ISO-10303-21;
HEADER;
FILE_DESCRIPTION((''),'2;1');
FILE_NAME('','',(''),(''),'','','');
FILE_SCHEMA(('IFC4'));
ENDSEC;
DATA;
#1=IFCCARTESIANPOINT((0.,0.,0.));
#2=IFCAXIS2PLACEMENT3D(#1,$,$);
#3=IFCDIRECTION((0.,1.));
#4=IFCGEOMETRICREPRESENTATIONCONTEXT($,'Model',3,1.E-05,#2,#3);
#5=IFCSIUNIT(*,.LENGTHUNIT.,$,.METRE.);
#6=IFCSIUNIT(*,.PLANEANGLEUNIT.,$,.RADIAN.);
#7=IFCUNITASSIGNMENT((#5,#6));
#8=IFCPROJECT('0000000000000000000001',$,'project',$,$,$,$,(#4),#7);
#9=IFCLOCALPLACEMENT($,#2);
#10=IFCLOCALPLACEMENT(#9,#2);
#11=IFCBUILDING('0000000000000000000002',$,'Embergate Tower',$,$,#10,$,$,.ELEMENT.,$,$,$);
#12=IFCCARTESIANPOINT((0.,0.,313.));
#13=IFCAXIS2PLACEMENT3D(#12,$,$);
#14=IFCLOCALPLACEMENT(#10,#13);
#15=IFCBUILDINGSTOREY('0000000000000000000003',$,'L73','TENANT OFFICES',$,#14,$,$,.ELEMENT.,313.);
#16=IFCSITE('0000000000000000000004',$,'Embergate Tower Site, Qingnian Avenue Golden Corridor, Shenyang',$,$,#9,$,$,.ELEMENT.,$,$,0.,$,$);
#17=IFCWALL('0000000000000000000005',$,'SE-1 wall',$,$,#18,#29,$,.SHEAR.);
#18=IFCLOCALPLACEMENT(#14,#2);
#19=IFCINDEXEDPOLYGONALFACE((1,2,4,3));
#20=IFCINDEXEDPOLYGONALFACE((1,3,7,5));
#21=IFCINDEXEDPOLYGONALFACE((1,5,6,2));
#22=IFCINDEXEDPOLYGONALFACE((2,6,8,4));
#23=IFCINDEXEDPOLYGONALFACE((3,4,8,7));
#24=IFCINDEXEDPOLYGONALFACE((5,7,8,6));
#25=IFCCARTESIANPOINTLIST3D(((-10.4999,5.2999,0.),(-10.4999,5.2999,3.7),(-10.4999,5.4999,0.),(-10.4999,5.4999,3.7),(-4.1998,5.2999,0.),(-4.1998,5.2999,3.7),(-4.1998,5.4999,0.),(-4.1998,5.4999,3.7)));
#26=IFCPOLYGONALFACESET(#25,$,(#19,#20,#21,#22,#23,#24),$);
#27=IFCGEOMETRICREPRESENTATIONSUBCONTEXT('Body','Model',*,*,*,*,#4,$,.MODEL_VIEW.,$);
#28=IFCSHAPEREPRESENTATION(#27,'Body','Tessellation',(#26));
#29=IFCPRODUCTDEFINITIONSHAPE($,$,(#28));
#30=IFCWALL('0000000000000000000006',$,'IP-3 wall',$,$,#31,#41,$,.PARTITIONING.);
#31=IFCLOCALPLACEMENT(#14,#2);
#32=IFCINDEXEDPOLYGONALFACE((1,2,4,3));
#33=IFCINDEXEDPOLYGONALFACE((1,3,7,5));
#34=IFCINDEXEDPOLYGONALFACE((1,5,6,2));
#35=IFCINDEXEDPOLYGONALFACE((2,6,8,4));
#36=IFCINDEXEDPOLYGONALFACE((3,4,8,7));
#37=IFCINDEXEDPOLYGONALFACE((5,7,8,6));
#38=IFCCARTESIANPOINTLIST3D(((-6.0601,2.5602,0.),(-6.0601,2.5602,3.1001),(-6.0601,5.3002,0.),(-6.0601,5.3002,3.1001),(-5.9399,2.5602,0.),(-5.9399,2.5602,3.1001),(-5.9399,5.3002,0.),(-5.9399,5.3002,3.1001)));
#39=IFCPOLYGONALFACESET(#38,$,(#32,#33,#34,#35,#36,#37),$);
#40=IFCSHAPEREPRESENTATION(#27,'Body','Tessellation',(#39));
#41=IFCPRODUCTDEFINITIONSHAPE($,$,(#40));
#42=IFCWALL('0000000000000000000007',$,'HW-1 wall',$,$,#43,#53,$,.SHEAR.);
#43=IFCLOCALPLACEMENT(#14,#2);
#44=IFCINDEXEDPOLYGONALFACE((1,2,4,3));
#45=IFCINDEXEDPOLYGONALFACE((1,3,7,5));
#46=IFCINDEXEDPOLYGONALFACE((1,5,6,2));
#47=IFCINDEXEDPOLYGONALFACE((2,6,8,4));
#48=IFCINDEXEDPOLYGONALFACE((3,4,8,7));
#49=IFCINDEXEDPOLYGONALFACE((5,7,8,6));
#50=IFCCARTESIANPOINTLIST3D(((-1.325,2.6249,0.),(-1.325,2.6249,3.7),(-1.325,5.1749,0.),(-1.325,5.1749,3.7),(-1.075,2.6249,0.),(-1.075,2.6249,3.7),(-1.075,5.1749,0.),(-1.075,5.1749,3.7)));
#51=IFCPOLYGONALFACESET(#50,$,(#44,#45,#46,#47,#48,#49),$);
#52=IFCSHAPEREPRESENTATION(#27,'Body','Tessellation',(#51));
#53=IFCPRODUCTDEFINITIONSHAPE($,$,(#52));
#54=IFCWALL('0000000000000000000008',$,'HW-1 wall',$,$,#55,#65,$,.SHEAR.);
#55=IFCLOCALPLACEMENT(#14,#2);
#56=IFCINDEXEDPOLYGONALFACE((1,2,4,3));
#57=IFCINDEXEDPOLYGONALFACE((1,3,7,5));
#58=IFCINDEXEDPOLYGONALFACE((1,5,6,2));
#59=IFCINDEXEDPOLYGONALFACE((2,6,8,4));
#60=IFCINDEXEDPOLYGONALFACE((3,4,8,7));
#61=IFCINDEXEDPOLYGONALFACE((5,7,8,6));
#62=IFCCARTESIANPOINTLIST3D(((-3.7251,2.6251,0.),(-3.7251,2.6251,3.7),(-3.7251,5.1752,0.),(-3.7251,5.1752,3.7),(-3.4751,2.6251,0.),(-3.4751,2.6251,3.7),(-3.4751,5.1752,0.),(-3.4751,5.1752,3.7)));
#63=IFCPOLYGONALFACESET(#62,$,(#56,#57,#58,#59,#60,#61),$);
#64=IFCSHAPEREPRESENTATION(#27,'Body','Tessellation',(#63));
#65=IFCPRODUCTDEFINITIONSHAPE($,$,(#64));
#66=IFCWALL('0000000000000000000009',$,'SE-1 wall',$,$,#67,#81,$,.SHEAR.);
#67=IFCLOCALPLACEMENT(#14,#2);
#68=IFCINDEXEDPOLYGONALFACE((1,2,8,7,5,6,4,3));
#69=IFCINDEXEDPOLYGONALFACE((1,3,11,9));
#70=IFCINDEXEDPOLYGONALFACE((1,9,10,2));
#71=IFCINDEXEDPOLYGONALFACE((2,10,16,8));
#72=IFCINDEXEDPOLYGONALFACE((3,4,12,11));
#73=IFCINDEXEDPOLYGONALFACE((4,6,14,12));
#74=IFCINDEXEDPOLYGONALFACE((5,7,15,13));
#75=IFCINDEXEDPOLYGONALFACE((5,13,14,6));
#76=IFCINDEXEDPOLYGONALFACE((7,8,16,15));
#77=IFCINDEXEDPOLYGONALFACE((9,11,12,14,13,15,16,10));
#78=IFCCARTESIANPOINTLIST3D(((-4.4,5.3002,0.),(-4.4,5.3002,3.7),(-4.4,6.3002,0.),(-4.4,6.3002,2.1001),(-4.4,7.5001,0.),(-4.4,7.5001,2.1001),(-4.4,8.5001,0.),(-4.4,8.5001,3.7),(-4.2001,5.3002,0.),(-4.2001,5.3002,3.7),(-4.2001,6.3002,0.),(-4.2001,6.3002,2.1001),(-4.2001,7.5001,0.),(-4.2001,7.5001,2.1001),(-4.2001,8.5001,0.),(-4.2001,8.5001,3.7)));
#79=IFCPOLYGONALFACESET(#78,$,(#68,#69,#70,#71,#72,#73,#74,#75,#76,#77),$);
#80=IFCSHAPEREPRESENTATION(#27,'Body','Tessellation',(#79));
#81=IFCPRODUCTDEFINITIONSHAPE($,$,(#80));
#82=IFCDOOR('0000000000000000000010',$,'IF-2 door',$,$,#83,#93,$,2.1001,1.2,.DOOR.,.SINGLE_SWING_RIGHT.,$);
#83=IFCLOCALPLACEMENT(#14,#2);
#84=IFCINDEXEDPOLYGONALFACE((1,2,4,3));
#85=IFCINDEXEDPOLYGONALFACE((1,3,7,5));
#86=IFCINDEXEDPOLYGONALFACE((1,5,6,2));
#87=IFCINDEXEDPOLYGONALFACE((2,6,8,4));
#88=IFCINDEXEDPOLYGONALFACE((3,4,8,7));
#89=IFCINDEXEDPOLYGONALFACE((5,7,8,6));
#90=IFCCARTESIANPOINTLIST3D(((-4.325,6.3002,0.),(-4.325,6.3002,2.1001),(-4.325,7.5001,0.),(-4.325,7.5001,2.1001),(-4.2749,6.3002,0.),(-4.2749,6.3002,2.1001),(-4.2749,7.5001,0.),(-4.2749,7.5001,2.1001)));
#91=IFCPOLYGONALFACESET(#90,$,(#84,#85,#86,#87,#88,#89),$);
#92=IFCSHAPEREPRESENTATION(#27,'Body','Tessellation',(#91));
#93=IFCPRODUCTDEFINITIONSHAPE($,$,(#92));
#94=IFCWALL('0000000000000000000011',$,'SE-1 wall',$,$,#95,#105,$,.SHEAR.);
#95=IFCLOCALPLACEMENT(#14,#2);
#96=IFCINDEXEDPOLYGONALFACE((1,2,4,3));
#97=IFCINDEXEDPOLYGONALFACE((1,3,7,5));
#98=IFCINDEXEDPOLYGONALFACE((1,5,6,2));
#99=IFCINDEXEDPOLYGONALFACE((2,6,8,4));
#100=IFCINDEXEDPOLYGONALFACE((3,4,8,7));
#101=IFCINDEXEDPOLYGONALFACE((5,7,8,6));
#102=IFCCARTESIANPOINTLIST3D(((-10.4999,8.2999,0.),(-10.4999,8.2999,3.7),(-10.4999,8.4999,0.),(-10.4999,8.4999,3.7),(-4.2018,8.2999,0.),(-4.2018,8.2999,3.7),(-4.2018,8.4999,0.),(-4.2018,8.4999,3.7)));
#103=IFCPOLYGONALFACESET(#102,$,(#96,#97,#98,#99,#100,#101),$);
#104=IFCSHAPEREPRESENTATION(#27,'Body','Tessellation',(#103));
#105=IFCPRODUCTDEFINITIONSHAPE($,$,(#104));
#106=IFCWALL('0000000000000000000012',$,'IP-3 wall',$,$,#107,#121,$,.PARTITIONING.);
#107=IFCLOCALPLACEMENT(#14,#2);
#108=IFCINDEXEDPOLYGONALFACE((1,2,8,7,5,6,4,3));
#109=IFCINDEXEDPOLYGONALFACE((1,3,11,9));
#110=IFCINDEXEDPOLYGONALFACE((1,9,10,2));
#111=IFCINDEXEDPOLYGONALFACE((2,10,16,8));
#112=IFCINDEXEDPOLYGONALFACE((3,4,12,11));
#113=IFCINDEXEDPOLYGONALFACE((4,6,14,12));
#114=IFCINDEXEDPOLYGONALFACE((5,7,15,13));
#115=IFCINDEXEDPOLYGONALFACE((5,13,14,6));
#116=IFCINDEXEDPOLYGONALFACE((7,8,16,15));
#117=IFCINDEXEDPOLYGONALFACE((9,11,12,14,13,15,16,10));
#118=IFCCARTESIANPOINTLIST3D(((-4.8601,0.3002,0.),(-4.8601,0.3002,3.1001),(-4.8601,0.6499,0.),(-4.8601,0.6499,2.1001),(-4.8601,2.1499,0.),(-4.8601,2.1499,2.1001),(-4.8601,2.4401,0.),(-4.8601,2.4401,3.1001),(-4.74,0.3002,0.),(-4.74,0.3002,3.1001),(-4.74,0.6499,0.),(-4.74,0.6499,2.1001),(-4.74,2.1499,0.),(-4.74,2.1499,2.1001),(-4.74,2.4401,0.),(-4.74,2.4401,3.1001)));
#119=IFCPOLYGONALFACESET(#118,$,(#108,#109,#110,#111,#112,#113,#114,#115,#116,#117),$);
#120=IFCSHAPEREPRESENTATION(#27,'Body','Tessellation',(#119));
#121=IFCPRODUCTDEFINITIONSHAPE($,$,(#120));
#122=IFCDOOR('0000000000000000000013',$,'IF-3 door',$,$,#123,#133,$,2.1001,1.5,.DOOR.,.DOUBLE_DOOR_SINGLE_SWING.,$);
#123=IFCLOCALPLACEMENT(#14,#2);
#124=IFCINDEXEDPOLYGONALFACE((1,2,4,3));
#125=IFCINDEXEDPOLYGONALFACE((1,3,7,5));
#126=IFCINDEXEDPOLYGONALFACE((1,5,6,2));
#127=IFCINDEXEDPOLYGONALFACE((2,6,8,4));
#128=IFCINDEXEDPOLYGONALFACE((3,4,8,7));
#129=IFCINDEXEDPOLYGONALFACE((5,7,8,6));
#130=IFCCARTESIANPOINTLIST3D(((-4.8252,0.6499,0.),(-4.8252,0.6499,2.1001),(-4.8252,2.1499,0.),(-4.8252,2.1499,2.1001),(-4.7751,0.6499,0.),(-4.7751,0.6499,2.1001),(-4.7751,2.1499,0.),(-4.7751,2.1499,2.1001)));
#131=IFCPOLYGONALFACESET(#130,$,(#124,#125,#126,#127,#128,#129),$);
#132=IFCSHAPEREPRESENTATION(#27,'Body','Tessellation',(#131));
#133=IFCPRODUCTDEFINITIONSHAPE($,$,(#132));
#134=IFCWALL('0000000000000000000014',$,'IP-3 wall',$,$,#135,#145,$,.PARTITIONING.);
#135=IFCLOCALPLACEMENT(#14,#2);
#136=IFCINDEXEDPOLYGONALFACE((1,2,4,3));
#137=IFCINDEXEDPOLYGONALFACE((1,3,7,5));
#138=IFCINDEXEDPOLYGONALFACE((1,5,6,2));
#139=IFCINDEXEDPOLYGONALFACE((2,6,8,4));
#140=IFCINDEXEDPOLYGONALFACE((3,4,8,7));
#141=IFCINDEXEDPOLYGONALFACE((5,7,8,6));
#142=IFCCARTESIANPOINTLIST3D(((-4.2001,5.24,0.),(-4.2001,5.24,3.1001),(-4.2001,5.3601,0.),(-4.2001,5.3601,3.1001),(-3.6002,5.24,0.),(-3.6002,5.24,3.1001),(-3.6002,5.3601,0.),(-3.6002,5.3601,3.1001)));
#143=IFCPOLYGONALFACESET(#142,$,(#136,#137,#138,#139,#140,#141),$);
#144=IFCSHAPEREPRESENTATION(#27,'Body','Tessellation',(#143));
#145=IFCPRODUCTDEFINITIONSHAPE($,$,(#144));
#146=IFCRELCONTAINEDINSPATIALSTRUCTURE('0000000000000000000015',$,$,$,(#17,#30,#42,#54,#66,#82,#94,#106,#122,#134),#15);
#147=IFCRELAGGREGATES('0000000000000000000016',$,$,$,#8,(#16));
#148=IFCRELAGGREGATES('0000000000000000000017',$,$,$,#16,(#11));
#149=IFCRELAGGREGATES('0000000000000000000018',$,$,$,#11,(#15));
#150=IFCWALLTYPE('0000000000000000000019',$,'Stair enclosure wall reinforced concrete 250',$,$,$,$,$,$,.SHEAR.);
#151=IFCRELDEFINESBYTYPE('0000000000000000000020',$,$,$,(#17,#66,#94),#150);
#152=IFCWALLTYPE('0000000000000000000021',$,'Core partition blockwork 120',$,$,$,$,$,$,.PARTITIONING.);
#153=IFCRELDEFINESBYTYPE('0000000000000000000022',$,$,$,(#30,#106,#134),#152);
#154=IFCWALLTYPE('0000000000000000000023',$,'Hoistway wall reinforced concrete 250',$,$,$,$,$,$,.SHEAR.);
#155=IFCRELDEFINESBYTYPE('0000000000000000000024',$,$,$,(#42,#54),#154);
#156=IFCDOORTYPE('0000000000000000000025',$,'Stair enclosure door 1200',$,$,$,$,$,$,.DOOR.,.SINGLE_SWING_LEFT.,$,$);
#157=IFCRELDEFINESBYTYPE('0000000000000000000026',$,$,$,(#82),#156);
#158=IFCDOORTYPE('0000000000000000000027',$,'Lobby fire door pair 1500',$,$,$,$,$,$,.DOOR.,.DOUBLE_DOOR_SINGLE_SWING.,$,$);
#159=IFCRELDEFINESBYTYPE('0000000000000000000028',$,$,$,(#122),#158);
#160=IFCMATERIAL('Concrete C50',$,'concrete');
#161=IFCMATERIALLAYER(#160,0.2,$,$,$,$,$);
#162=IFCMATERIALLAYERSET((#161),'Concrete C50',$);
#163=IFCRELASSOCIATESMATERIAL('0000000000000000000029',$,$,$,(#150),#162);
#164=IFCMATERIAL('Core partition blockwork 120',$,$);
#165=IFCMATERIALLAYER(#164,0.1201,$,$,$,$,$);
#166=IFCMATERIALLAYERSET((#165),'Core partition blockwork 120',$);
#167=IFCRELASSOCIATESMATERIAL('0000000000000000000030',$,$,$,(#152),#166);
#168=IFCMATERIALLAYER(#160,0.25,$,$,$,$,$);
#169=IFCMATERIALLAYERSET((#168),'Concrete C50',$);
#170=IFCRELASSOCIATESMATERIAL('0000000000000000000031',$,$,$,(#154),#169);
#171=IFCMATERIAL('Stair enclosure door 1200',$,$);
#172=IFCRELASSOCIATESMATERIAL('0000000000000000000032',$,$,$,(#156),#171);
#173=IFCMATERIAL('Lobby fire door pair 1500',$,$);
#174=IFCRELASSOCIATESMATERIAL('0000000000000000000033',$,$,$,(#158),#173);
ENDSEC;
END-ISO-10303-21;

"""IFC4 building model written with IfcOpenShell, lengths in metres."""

from ifc_helpers import new_model, si_unit, direction, frame, frame_2d, origin, place, context, subcontext, project, spatial, rectangle, extrude, source, transform, mapped, material, layer, layer_set, type_object, element, fill, save


model = new_model("IFC4")

# Units and contexts
model_context = context("Model", 3, precision=1e-05, world=origin(), true_north=direction((0.0, 1.0)))
body_context = subcontext(model_context, "Body", "Model", "MODEL_VIEW")
ifc_project = project(units=[si_unit("LENGTHUNIT", "METRE"), si_unit("PLANEANGLEUNIT", "RADIAN")], contexts=[model_context])

# Site, building, storey
site_placement = place(None, origin())
site = spatial("IfcSite", under=ifc_project, at=site_placement, Name="Embergate Tower Site, Qingnian Avenue Golden Corridor, Shenyang", CompositionType="ELEMENT", RefElevation=0.0)
building_placement = place(site_placement, origin())
building = spatial("IfcBuilding", under=site, at=building_placement, Name="Embergate Tower", CompositionType="ELEMENT")
storey_placement = place(building_placement, frame((0.0, 0.0, 313.0)))
storey = spatial("IfcBuildingStorey", under=building, at=storey_placement, Name="L73", Description="TENANT OFFICES", CompositionType="ELEMENT", Elevation=313.0)

# Walls
ifc_material_1 = material(Name="Concrete C50", Category="concrete")
ifc_layer_1 = layer(ifc_material_1, 0.2)
ifc_layer_set_1 = layer_set([ifc_layer_1], Name="Concrete C50")
wall_type_1 = type_object("IfcWallType", Name="Stair enclosure wall reinforced concrete 250", PredefinedType="SHEAR", material=ifc_layer_set_1)
shared_shape_1 = source(origin(), body_context, "Body", "SweptSolid", [
    extrude(rectangle(XDim=6.3, YDim=0.2, at=frame_2d((3.1499, 0.0))), origin(), (0.0, 0.0, 1.0), 3.7),
])
wall_1_placement = place(storey_placement, frame((-4.2, 5.3999, 0.0), z_axis=(0.0, 0.0, 1.0), x_axis=(-1.0, 0.0, 0.0)))
element("IfcWall", 1, at=wall_1_placement, inside=storey, type_object=wall_type_1, Name="SE-1 wall", PredefinedType="SHEAR", context=body_context, shape_type="MappedRepresentation", body=[
    mapped(shared_shape_1, transform((0.0, 0.0, 0.0))),
])
ifc_material_2 = material(Name="Core partition blockwork 120")
ifc_layer_2 = layer(ifc_material_2, 0.1201)
ifc_layer_set_2 = layer_set([ifc_layer_2], Name="Core partition blockwork 120")
wall_type_2 = type_object("IfcWallType", Name="Core partition blockwork 120", PredefinedType="PARTITIONING", material=ifc_layer_set_2)
shared_shape_2 = source(origin(), body_context, "Body", "SweptSolid", [
    extrude(rectangle(XDim=2.74, YDim=0.1201, at=frame_2d((1.3701, 0.0))), origin(), (0.0, 0.0, 1.0), 3.1001),
])
wall_2_placement = place(storey_placement, frame((-6.0, 2.5601, 0.0), z_axis=(0.0, 0.0, 1.0), x_axis=(0.0, 1.0, 0.0)))
element("IfcWall", 2, at=wall_2_placement, inside=storey, type_object=wall_type_2, Name="IP-3 wall", PredefinedType="PARTITIONING", context=body_context, shape_type="MappedRepresentation", body=[
    mapped(shared_shape_2, transform((0.0, 0.0, 0.0))),
])
ifc_layer_3 = layer(ifc_material_1, 0.25)
ifc_layer_set_3 = layer_set([ifc_layer_3], Name="Concrete C50")
wall_type_3 = type_object("IfcWallType", Name="Hoistway wall reinforced concrete 250", PredefinedType="SHEAR", material=ifc_layer_set_3)
shared_shape_3 = source(origin(), body_context, "Body", "SweptSolid", [
    extrude(rectangle(XDim=2.55, YDim=0.25, at=frame_2d((1.2749, 0.0))), origin(), (0.0, 0.0, 1.0), 3.7),
])
for number, where, z_axis, x_axis, name in (
    (3, (-1.2, 2.625, 0.0), (0.0, 0.0, 1.0), (0.0, 1.0, 0.0), "HW-1 wall"),
    (4, (-3.6001, 5.175, 0.0), (0.0, 0.0, 1.0), (0.0, -1.0, 0.0), "HW-1 wall"),
):
    element("IfcWall", number, at=place(storey_placement, frame(where, z_axis=z_axis, x_axis=x_axis)), inside=storey, type_object=wall_type_3, Name=name, PredefinedType="SHEAR", context=body_context, shape_type="MappedRepresentation", body=[
        mapped(shared_shape_3, transform((0.0, 0.0, 0.0))),
    ])

# Wall, opening, door
shared_shape_4 = source(origin(), body_context, "Body", "SweptSolid", [
    extrude(rectangle(XDim=3.2, YDim=0.2, at=frame_2d((1.6001, 0.0))), origin(), (0.0, 0.0, 1.0), 3.7),
])
wall_3_placement = place(storey_placement, frame((-4.3, 5.3, 0.0), z_axis=(0.0, 0.0, 1.0), x_axis=(0.0, 1.0, 0.0)))
wall_3 = element("IfcWall", 5, at=wall_3_placement, inside=storey, type_object=wall_type_1, Name="SE-1 wall", PredefinedType="SHEAR", context=body_context, shape_type="MappedRepresentation", body=[
    mapped(shared_shape_4, transform((0.0, 0.0, 0.0))),
])
shared_shape_5 = source(origin(), body_context, "Body", "SweptSolid", [
    extrude(rectangle(XDim=1.2, YDim=2.1001, at=frame_2d((0.6001, 1.05))), frame((0.0, 0.1099, 0.0), z_axis=(0.0, -1.0, 0.0), x_axis=(1.0, 0.0, 0.0)), (0.0, 0.0, 1.0), 0.22),
])
opening_1_placement = place(wall_3_placement, frame((1.0, 0.0, 0.0)))
opening_1 = element("IfcOpeningElement", 6, at=opening_1_placement, cuts=wall_3, PredefinedType="OPENING", context=body_context, shape_type="MappedRepresentation", body=[
    mapped(shared_shape_5, transform((0.0, 0.0, 0.0))),
])
ifc_material_3 = material(Name="Stair enclosure door 1200")
door_type_1 = type_object("IfcDoorType", Name="Stair enclosure door 1200", OperationType="SINGLE_SWING_LEFT", PredefinedType="DOOR", material=ifc_material_3)
shared_shape_6 = source(origin(), body_context, "Body", "SweptSolid", [
    extrude(rectangle(XDim=1.2, YDim=2.1001, at=frame_2d((0.6001, 1.05))), frame((0.0, 0.0249, 0.0), z_axis=(0.0, -1.0, 0.0), x_axis=(1.0, 0.0, 0.0)), (0.0, 0.0, 1.0), 0.05),
])
door_1_placement = place(opening_1_placement, origin())
door_1 = element("IfcDoor", 7, at=door_1_placement, inside=storey, type_object=door_type_1, Name="IF-2 door", OperationType="SINGLE_SWING_RIGHT", OverallHeight=2.1001, OverallWidth=1.2, PredefinedType="DOOR", context=body_context, shape_type="MappedRepresentation", body=[
    mapped(shared_shape_6, transform((0.0, 0.0, 0.0))),
])
fill(opening_1, door_1)

# Wall
shared_shape_7 = source(origin(), body_context, "Body", "SweptSolid", [
    extrude(rectangle(XDim=6.2981, YDim=0.2, at=frame_2d((3.1489, 0.0))), origin(), (0.0, 0.0, 1.0), 3.7),
])
wall_4_placement = place(storey_placement, frame((-4.2019, 8.3999, 0.0), z_axis=(0.0, 0.0, 1.0), x_axis=(-1.0, 0.0, 0.0)))
element("IfcWall", 8, at=wall_4_placement, inside=storey, type_object=wall_type_1, Name="SE-1 wall", PredefinedType="SHEAR", context=body_context, shape_type="MappedRepresentation", body=[
    mapped(shared_shape_7, transform((0.0, 0.0, 0.0))),
])

# Wall, opening, door
shared_shape_8 = source(origin(), body_context, "Body", "SweptSolid", [
    extrude(rectangle(XDim=2.1399, YDim=0.1201, at=frame_2d((1.0698, 0.0))), origin(), (0.0, 0.0, 1.0), 3.1001),
])
wall_5_placement = place(storey_placement, frame((-4.8, 2.4399, 0.0), z_axis=(0.0, 0.0, 1.0), x_axis=(0.0, -1.0, 0.0)))
wall_5 = element("IfcWall", 9, at=wall_5_placement, inside=storey, type_object=wall_type_2, Name="IP-3 wall", PredefinedType="PARTITIONING", context=body_context, shape_type="MappedRepresentation", body=[
    mapped(shared_shape_8, transform((0.0, 0.0, 0.0))),
])
shared_shape_9 = source(origin(), body_context, "Body", "SweptSolid", [
    extrude(rectangle(XDim=1.5, YDim=2.1001, at=frame_2d((0.75, 1.05))), frame((0.0, 0.0701, 0.0), z_axis=(0.0, -1.0, 0.0), x_axis=(1.0, 0.0, 0.0)), (0.0, 0.0, 1.0), 0.1401),
])
opening_2_placement = place(wall_5_placement, frame((0.29, 0.0, 0.0)))
opening_2 = element("IfcOpeningElement", 10, at=opening_2_placement, cuts=wall_5, PredefinedType="OPENING", context=body_context, shape_type="MappedRepresentation", body=[
    mapped(shared_shape_9, transform((0.0, 0.0, 0.0))),
])
ifc_material_4 = material(Name="Lobby fire door pair 1500")
door_type_2 = type_object("IfcDoorType", Name="Lobby fire door pair 1500", OperationType="DOUBLE_DOOR_SINGLE_SWING", PredefinedType="DOOR", material=ifc_material_4)
shared_shape_10 = source(origin(), body_context, "Body", "SweptSolid", [
    extrude(rectangle(XDim=1.5, YDim=2.1001, at=frame_2d((0.75, 1.05))), frame((0.0, 0.0249, 0.0), z_axis=(0.0, -1.0, 0.0), x_axis=(1.0, 0.0, 0.0)), (0.0, 0.0, 1.0), 0.05),
])
door_2_placement = place(opening_2_placement, origin())
door_2 = element("IfcDoor", 11, at=door_2_placement, inside=storey, type_object=door_type_2, Name="IF-3 door", OperationType="DOUBLE_DOOR_SINGLE_SWING", OverallHeight=2.1001, OverallWidth=1.5, PredefinedType="DOOR", context=body_context, shape_type="MappedRepresentation", body=[
    mapped(shared_shape_10, transform((0.0, 0.0, 0.0))),
])
fill(opening_2, door_2)

# Wall
shared_shape_11 = source(origin(), body_context, "Body", "SweptSolid", [
    extrude(rectangle(XDim=0.5999, YDim=0.1201, at=frame_2d((0.2998, 0.0))), origin(), (0.0, 0.0, 1.0), 3.1001),
])
wall_6_placement = place(storey_placement, frame((-4.2, 5.3, 0.0), z_axis=(0.0, 0.0, 1.0), x_axis=(1.0, 0.0, 0.0)))
element("IfcWall", 12, at=wall_6_placement, inside=storey, type_object=wall_type_2, Name="IP-3 wall", PredefinedType="PARTITIONING", context=body_context, shape_type="MappedRepresentation", body=[
    mapped(shared_shape_11, transform((0.0, 0.0, 0.0))),
])

save(model, "model.ifc")
